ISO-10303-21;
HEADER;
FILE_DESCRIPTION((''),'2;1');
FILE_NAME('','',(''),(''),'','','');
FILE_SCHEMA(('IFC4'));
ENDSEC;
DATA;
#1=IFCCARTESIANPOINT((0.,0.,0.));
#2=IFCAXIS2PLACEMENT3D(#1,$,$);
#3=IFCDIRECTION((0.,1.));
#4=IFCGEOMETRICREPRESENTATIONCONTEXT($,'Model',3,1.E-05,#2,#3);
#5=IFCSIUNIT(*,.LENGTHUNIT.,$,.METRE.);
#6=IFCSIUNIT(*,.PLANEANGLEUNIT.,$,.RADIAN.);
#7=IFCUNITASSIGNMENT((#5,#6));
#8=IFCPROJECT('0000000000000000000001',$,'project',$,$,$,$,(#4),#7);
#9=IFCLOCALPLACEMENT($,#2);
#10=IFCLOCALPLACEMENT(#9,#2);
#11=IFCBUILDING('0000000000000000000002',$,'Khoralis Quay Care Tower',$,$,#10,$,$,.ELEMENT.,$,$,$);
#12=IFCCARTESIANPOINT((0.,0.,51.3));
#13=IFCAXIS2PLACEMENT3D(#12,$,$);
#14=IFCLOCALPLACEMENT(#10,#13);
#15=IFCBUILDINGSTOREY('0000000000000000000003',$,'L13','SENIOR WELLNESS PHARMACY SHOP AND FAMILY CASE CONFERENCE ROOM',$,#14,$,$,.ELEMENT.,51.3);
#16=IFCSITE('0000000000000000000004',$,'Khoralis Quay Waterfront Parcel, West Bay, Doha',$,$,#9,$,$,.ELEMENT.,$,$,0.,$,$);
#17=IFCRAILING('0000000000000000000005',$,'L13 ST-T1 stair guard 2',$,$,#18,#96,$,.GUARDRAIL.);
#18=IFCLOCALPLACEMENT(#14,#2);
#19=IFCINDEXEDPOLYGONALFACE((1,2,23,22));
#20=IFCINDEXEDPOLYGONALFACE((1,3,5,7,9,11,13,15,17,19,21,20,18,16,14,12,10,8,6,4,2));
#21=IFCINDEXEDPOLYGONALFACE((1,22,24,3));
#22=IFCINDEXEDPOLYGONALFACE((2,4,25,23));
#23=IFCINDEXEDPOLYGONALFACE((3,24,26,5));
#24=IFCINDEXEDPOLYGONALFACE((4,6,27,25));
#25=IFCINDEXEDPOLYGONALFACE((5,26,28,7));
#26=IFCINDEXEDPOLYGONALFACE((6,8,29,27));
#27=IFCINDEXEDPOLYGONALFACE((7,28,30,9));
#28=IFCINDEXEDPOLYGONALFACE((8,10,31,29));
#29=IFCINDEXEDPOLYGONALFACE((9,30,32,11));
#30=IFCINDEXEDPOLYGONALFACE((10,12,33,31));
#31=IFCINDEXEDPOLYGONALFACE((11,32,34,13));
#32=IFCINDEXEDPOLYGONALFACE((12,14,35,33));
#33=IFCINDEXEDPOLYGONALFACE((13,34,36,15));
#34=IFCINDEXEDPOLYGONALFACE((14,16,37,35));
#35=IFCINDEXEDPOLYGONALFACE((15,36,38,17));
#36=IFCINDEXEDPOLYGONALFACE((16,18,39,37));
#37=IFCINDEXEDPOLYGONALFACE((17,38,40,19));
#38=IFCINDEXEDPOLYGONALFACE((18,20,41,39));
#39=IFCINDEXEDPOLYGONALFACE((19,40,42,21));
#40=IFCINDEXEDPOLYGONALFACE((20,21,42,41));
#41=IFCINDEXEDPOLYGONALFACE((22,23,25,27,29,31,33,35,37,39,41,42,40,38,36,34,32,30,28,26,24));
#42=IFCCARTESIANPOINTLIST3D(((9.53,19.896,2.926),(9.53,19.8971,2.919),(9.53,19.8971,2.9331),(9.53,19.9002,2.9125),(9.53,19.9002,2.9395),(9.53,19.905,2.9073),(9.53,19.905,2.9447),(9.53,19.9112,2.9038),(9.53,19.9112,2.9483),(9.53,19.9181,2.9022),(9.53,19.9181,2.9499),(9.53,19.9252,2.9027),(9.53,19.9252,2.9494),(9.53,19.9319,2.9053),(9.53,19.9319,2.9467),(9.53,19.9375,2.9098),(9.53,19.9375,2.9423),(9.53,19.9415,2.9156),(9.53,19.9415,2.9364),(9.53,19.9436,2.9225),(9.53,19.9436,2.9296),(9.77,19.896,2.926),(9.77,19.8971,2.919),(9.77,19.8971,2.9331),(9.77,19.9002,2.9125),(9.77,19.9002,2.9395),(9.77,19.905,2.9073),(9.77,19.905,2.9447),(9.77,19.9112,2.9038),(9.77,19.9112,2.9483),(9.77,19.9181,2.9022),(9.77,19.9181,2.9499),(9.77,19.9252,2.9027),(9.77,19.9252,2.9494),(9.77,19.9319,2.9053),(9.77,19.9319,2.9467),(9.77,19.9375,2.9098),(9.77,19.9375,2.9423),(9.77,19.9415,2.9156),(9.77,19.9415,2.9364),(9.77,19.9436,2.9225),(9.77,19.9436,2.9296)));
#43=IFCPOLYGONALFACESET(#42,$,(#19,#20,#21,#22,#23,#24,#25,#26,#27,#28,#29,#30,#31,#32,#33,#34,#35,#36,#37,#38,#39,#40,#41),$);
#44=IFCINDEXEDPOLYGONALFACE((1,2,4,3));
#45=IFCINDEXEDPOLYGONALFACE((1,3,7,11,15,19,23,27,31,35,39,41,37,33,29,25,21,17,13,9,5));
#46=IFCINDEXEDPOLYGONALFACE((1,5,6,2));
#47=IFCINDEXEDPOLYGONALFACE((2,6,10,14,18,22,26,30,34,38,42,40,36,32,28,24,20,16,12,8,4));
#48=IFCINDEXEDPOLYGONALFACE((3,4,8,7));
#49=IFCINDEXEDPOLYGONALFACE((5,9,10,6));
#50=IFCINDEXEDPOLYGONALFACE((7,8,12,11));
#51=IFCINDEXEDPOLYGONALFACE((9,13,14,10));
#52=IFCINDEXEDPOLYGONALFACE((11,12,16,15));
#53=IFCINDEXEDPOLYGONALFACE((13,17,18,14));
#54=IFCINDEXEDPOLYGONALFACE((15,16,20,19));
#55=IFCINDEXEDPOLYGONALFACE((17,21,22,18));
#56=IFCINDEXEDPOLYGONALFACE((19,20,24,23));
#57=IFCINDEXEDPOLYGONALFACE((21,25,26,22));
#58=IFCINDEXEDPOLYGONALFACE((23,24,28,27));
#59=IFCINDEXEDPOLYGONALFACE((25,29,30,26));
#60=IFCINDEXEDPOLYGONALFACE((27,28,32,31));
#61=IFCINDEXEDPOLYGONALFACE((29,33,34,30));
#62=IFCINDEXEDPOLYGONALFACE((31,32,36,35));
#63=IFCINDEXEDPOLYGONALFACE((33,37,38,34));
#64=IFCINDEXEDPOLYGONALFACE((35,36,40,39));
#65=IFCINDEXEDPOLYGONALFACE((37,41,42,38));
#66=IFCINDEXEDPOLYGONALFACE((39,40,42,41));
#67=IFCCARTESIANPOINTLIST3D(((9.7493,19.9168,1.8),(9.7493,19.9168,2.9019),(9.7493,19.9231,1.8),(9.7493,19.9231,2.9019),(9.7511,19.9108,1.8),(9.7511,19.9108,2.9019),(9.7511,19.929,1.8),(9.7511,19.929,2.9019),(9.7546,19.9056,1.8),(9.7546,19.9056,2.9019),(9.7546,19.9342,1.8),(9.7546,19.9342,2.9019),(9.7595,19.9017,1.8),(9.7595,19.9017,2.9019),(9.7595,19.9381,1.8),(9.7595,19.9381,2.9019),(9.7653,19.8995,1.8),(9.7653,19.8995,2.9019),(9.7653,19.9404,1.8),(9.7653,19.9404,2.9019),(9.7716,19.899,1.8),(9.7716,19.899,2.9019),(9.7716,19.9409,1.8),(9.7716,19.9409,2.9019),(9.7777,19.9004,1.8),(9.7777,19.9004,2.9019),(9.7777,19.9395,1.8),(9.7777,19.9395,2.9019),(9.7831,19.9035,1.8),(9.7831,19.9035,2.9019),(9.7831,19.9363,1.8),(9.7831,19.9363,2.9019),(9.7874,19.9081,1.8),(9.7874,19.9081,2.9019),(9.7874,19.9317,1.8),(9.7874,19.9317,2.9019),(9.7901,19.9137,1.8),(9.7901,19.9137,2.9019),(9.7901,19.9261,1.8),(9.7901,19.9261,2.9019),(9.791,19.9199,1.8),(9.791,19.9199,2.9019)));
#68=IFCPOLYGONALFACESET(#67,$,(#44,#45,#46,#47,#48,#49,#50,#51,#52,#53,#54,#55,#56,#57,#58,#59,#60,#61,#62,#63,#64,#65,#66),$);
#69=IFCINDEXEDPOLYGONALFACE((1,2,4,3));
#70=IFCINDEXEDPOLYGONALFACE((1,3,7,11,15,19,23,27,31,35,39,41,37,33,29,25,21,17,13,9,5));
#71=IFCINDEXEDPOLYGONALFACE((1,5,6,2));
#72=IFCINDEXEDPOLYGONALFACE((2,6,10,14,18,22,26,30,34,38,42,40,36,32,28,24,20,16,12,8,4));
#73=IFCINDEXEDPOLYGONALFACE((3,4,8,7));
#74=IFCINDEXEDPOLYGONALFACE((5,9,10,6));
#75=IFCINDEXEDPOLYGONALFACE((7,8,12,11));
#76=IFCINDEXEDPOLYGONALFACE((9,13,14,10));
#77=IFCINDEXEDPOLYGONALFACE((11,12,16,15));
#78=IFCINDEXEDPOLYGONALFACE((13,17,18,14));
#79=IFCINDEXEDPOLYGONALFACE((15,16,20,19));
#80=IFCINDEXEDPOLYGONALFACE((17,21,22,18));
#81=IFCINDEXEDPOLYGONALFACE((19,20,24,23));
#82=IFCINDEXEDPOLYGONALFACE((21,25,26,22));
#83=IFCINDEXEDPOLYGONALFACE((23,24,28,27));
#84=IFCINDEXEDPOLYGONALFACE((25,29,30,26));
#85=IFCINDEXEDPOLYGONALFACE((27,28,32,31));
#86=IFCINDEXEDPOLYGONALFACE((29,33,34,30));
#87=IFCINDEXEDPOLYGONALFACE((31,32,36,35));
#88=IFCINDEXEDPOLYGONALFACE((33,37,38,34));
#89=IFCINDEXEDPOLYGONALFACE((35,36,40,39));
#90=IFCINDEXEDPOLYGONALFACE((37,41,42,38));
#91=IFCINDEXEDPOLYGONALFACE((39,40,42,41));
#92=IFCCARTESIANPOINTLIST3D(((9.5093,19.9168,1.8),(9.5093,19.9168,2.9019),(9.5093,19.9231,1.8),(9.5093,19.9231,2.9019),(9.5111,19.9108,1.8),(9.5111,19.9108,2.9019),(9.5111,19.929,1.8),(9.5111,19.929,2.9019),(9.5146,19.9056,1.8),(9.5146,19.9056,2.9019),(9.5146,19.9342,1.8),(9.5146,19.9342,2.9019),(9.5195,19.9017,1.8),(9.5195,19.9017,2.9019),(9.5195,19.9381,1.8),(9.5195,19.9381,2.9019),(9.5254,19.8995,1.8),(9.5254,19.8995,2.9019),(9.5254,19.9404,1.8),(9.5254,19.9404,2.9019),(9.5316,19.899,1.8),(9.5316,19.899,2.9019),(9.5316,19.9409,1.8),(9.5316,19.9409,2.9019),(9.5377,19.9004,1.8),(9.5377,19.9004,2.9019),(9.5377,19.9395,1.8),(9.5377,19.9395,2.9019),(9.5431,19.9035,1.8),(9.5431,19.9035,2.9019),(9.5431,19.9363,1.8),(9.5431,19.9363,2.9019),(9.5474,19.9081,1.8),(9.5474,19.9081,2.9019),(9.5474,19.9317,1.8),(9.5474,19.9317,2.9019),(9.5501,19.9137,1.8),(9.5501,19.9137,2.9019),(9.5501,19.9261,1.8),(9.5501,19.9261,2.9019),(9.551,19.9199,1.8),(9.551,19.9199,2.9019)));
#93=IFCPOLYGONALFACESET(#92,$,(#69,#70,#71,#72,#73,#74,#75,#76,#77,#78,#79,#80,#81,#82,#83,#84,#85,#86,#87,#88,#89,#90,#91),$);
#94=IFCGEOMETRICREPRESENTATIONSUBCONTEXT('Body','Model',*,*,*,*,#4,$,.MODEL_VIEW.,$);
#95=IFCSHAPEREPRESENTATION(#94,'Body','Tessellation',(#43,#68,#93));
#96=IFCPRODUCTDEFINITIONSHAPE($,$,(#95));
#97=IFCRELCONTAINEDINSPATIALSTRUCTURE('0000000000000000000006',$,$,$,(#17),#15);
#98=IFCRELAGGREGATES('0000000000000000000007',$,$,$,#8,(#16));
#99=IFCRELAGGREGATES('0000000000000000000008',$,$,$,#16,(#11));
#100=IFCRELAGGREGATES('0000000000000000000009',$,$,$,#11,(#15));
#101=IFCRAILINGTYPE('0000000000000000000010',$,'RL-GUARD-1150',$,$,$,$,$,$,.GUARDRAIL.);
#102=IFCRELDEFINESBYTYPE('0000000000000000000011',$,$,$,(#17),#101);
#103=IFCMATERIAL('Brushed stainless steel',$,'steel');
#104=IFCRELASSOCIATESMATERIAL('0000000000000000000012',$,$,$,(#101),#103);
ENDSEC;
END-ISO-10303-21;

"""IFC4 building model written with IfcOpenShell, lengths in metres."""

from ifc_helpers import new_model, si_unit, direction, frame, origin, origin_2d, place, context, subcontext, project, spatial, circle, extrude, material, type_object, element, save


model = new_model("IFC4")

# Units and contexts
model_context = context("Model", 3, precision=1e-05, world=origin(), true_north=direction((0.0, 1.0)))
body_context = subcontext(model_context, "Body", "Model", "MODEL_VIEW")
ifc_project = project(units=[si_unit("LENGTHUNIT", "METRE"), si_unit("PLANEANGLEUNIT", "RADIAN")], contexts=[model_context])

# Site, building, storey
site_placement = place(None, origin())
site = spatial("IfcSite", under=ifc_project, at=site_placement, Name="Khoralis Quay Waterfront Parcel, West Bay, Doha", CompositionType="ELEMENT", RefElevation=0.0)
building_placement = place(site_placement, origin())
building = spatial("IfcBuilding", under=site, at=building_placement, Name="Khoralis Quay Care Tower", CompositionType="ELEMENT")
storey_placement = place(building_placement, frame((0.0, 0.0, 51.3)))
storey = spatial("IfcBuildingStorey", under=building, at=storey_placement, Name="L13", Description="SENIOR WELLNESS PHARMACY SHOP AND FAMILY CASE CONFERENCE ROOM", CompositionType="ELEMENT", Elevation=51.3)

# Shared definitions
ifc_material_1 = material(Name="Brushed stainless steel", Category="steel")

# Railing
railing_type_1 = type_object("IfcRailingType", Name="RL-GUARD-1150", PredefinedType="GUARDRAIL", material=ifc_material_1)
railing_1_placement = place(storey_placement, frame((9.77, 19.9199, 1.8)))
element("IfcRailing", 1, at=railing_1_placement, inside=storey, type_object=railing_type_1, Name="L13 ST-T1 stair guard 2", PredefinedType="GUARDRAIL", context=body_context, shape_type="SweptSolid", body=[
    extrude(circle(Radius=0.0239, at=origin_2d()), frame((0.0, 0.0, 1.126), z_axis=(-1.0, 0.0, 0.0), x_axis=(0.0, -1.0, 0.0)), (0.0, 0.0, 1.0), 0.24),
    extrude(circle(Radius=0.021, at=origin_2d()), origin(), (0.0, 0.0, 1.0), 1.1018),
    extrude(circle(Radius=0.021, at=origin_2d()), frame((-0.24, 0.0, 0.0)), (0.0, 0.0, 1.0), 1.1018),
])

save(model, "model.ifc")
